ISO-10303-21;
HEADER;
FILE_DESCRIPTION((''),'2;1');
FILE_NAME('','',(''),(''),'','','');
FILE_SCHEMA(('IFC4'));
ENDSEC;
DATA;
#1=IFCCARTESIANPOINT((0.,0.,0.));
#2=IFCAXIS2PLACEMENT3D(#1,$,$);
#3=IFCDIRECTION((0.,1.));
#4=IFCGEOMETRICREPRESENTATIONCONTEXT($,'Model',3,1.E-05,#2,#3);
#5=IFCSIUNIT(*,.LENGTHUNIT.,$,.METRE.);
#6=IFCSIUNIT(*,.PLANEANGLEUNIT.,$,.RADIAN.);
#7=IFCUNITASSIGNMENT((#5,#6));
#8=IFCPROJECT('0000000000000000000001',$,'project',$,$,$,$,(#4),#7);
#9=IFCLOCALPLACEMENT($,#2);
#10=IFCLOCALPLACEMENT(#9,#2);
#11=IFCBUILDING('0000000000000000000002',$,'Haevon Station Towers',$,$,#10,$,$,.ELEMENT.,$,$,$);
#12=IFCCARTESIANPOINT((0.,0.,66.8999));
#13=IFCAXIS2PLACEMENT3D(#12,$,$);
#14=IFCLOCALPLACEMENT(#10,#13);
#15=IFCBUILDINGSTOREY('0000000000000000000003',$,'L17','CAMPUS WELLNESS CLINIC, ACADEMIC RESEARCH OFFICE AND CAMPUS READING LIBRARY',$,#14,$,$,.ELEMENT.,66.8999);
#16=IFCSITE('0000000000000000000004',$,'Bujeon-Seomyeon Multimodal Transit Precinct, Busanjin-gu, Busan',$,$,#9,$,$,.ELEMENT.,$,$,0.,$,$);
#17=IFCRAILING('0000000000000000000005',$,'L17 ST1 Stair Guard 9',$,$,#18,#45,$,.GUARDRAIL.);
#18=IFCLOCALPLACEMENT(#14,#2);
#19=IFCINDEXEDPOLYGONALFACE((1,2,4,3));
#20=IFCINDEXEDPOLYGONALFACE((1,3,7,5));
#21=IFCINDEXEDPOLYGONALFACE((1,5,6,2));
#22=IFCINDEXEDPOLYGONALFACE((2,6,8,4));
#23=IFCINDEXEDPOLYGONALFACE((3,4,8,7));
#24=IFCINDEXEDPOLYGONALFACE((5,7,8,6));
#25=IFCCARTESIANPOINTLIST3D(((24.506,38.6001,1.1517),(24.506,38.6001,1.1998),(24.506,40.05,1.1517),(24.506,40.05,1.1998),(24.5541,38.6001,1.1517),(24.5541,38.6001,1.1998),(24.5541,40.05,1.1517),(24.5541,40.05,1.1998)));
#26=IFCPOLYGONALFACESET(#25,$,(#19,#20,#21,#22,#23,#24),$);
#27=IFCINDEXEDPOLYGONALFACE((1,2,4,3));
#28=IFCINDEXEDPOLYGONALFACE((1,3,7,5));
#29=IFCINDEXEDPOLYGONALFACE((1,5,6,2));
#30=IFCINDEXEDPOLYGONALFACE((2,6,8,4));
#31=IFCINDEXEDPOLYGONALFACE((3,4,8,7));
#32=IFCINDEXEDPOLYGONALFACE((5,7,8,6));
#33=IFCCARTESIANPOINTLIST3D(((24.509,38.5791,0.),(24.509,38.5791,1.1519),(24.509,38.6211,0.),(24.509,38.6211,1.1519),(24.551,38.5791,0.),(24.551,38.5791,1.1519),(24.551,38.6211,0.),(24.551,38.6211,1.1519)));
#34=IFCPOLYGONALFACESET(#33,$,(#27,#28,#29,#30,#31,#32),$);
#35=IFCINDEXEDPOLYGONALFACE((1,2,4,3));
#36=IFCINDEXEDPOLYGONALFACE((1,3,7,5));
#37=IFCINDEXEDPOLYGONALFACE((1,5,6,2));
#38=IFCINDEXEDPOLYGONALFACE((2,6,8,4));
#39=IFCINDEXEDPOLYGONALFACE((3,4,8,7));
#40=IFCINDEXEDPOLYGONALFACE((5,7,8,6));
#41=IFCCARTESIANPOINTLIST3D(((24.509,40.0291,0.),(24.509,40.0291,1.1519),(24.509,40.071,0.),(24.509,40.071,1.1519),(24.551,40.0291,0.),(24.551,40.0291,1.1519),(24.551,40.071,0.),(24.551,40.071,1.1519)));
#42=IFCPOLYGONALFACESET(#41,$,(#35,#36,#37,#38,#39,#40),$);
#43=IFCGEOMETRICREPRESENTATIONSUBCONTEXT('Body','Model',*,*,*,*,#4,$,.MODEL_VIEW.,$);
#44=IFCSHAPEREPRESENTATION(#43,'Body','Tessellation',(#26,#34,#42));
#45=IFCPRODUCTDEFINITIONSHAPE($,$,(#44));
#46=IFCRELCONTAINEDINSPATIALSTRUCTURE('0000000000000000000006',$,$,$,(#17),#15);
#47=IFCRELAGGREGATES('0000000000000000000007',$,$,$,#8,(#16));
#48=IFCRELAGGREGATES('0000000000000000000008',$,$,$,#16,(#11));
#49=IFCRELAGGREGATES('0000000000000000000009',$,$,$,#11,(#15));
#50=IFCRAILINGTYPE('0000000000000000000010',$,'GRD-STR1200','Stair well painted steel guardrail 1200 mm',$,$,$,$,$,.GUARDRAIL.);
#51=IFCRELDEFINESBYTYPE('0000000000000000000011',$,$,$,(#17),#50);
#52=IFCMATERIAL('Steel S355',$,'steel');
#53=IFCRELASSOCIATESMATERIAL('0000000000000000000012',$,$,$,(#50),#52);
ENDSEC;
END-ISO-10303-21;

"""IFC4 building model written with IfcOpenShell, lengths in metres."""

from ifc_helpers import new_model, si_unit, direction, frame, origin, origin_2d, place, context, subcontext, project, spatial, rectangle, extrude, material, type_object, element, save


model = new_model("IFC4")

# Units and contexts
model_context = context("Model", 3, precision=1e-05, world=origin(), true_north=direction((0.0, 1.0)))
body_context = subcontext(model_context, "Body", "Model", "MODEL_VIEW")
ifc_project = project(units=[si_unit("LENGTHUNIT", "METRE"), si_unit("PLANEANGLEUNIT", "RADIAN")], contexts=[model_context])

# Site, building, storey
site_placement = place(None, origin())
site = spatial("IfcSite", under=ifc_project, at=site_placement, Name="Bujeon-Seomyeon Multimodal Transit Precinct, Busanjin-gu, Busan", CompositionType="ELEMENT", RefElevation=0.0)
building_placement = place(site_placement, origin())
building = spatial("IfcBuilding", under=site, at=building_placement, Name="Haevon Station Towers", CompositionType="ELEMENT")
storey_placement = place(building_placement, frame((0.0, 0.0, 66.8999)))
storey = spatial("IfcBuildingStorey", under=building, at=storey_placement, Name="L17", Description="CAMPUS WELLNESS CLINIC, ACADEMIC RESEARCH OFFICE AND CAMPUS READING LIBRARY", CompositionType="ELEMENT", Elevation=66.8999)

# Shared definitions
ifc_material_1 = material(Name="Steel S355", Category="steel")

# Railing
railing_type = type_object("IfcRailingType", Name="GRD-STR1200", Description="Stair well painted steel guardrail 1200 mm", PredefinedType="GUARDRAIL", material=ifc_material_1)
railing_placement = place(storey_placement, frame((24.53, 38.6001, 0.0)))
element("IfcRailing", 1, at=railing_placement, inside=storey, type_object=railing_type, Name="L17 ST1 Stair Guard 9", PredefinedType="GUARDRAIL", context=body_context, shape_type="SweptSolid", body=[
    extrude(rectangle(XDim=0.0481, YDim=0.0481, at=origin_2d()), frame((0.0, 0.0, 1.1758), z_axis=(0.0, 1.0, 0.0), x_axis=(-1.0, 0.0, 0.0)), (0.0, 0.0, 1.0), 1.45),
    extrude(rectangle(XDim=0.042, YDim=0.042, at=origin_2d()), origin(), (0.0, 0.0, 1.0), 1.1519),
    extrude(rectangle(XDim=0.042, YDim=0.042, at=origin_2d()), frame((0.0, 1.45, 0.0)), (0.0, 0.0, 1.0), 1.1519),
])

save(model, "model.ifc")
